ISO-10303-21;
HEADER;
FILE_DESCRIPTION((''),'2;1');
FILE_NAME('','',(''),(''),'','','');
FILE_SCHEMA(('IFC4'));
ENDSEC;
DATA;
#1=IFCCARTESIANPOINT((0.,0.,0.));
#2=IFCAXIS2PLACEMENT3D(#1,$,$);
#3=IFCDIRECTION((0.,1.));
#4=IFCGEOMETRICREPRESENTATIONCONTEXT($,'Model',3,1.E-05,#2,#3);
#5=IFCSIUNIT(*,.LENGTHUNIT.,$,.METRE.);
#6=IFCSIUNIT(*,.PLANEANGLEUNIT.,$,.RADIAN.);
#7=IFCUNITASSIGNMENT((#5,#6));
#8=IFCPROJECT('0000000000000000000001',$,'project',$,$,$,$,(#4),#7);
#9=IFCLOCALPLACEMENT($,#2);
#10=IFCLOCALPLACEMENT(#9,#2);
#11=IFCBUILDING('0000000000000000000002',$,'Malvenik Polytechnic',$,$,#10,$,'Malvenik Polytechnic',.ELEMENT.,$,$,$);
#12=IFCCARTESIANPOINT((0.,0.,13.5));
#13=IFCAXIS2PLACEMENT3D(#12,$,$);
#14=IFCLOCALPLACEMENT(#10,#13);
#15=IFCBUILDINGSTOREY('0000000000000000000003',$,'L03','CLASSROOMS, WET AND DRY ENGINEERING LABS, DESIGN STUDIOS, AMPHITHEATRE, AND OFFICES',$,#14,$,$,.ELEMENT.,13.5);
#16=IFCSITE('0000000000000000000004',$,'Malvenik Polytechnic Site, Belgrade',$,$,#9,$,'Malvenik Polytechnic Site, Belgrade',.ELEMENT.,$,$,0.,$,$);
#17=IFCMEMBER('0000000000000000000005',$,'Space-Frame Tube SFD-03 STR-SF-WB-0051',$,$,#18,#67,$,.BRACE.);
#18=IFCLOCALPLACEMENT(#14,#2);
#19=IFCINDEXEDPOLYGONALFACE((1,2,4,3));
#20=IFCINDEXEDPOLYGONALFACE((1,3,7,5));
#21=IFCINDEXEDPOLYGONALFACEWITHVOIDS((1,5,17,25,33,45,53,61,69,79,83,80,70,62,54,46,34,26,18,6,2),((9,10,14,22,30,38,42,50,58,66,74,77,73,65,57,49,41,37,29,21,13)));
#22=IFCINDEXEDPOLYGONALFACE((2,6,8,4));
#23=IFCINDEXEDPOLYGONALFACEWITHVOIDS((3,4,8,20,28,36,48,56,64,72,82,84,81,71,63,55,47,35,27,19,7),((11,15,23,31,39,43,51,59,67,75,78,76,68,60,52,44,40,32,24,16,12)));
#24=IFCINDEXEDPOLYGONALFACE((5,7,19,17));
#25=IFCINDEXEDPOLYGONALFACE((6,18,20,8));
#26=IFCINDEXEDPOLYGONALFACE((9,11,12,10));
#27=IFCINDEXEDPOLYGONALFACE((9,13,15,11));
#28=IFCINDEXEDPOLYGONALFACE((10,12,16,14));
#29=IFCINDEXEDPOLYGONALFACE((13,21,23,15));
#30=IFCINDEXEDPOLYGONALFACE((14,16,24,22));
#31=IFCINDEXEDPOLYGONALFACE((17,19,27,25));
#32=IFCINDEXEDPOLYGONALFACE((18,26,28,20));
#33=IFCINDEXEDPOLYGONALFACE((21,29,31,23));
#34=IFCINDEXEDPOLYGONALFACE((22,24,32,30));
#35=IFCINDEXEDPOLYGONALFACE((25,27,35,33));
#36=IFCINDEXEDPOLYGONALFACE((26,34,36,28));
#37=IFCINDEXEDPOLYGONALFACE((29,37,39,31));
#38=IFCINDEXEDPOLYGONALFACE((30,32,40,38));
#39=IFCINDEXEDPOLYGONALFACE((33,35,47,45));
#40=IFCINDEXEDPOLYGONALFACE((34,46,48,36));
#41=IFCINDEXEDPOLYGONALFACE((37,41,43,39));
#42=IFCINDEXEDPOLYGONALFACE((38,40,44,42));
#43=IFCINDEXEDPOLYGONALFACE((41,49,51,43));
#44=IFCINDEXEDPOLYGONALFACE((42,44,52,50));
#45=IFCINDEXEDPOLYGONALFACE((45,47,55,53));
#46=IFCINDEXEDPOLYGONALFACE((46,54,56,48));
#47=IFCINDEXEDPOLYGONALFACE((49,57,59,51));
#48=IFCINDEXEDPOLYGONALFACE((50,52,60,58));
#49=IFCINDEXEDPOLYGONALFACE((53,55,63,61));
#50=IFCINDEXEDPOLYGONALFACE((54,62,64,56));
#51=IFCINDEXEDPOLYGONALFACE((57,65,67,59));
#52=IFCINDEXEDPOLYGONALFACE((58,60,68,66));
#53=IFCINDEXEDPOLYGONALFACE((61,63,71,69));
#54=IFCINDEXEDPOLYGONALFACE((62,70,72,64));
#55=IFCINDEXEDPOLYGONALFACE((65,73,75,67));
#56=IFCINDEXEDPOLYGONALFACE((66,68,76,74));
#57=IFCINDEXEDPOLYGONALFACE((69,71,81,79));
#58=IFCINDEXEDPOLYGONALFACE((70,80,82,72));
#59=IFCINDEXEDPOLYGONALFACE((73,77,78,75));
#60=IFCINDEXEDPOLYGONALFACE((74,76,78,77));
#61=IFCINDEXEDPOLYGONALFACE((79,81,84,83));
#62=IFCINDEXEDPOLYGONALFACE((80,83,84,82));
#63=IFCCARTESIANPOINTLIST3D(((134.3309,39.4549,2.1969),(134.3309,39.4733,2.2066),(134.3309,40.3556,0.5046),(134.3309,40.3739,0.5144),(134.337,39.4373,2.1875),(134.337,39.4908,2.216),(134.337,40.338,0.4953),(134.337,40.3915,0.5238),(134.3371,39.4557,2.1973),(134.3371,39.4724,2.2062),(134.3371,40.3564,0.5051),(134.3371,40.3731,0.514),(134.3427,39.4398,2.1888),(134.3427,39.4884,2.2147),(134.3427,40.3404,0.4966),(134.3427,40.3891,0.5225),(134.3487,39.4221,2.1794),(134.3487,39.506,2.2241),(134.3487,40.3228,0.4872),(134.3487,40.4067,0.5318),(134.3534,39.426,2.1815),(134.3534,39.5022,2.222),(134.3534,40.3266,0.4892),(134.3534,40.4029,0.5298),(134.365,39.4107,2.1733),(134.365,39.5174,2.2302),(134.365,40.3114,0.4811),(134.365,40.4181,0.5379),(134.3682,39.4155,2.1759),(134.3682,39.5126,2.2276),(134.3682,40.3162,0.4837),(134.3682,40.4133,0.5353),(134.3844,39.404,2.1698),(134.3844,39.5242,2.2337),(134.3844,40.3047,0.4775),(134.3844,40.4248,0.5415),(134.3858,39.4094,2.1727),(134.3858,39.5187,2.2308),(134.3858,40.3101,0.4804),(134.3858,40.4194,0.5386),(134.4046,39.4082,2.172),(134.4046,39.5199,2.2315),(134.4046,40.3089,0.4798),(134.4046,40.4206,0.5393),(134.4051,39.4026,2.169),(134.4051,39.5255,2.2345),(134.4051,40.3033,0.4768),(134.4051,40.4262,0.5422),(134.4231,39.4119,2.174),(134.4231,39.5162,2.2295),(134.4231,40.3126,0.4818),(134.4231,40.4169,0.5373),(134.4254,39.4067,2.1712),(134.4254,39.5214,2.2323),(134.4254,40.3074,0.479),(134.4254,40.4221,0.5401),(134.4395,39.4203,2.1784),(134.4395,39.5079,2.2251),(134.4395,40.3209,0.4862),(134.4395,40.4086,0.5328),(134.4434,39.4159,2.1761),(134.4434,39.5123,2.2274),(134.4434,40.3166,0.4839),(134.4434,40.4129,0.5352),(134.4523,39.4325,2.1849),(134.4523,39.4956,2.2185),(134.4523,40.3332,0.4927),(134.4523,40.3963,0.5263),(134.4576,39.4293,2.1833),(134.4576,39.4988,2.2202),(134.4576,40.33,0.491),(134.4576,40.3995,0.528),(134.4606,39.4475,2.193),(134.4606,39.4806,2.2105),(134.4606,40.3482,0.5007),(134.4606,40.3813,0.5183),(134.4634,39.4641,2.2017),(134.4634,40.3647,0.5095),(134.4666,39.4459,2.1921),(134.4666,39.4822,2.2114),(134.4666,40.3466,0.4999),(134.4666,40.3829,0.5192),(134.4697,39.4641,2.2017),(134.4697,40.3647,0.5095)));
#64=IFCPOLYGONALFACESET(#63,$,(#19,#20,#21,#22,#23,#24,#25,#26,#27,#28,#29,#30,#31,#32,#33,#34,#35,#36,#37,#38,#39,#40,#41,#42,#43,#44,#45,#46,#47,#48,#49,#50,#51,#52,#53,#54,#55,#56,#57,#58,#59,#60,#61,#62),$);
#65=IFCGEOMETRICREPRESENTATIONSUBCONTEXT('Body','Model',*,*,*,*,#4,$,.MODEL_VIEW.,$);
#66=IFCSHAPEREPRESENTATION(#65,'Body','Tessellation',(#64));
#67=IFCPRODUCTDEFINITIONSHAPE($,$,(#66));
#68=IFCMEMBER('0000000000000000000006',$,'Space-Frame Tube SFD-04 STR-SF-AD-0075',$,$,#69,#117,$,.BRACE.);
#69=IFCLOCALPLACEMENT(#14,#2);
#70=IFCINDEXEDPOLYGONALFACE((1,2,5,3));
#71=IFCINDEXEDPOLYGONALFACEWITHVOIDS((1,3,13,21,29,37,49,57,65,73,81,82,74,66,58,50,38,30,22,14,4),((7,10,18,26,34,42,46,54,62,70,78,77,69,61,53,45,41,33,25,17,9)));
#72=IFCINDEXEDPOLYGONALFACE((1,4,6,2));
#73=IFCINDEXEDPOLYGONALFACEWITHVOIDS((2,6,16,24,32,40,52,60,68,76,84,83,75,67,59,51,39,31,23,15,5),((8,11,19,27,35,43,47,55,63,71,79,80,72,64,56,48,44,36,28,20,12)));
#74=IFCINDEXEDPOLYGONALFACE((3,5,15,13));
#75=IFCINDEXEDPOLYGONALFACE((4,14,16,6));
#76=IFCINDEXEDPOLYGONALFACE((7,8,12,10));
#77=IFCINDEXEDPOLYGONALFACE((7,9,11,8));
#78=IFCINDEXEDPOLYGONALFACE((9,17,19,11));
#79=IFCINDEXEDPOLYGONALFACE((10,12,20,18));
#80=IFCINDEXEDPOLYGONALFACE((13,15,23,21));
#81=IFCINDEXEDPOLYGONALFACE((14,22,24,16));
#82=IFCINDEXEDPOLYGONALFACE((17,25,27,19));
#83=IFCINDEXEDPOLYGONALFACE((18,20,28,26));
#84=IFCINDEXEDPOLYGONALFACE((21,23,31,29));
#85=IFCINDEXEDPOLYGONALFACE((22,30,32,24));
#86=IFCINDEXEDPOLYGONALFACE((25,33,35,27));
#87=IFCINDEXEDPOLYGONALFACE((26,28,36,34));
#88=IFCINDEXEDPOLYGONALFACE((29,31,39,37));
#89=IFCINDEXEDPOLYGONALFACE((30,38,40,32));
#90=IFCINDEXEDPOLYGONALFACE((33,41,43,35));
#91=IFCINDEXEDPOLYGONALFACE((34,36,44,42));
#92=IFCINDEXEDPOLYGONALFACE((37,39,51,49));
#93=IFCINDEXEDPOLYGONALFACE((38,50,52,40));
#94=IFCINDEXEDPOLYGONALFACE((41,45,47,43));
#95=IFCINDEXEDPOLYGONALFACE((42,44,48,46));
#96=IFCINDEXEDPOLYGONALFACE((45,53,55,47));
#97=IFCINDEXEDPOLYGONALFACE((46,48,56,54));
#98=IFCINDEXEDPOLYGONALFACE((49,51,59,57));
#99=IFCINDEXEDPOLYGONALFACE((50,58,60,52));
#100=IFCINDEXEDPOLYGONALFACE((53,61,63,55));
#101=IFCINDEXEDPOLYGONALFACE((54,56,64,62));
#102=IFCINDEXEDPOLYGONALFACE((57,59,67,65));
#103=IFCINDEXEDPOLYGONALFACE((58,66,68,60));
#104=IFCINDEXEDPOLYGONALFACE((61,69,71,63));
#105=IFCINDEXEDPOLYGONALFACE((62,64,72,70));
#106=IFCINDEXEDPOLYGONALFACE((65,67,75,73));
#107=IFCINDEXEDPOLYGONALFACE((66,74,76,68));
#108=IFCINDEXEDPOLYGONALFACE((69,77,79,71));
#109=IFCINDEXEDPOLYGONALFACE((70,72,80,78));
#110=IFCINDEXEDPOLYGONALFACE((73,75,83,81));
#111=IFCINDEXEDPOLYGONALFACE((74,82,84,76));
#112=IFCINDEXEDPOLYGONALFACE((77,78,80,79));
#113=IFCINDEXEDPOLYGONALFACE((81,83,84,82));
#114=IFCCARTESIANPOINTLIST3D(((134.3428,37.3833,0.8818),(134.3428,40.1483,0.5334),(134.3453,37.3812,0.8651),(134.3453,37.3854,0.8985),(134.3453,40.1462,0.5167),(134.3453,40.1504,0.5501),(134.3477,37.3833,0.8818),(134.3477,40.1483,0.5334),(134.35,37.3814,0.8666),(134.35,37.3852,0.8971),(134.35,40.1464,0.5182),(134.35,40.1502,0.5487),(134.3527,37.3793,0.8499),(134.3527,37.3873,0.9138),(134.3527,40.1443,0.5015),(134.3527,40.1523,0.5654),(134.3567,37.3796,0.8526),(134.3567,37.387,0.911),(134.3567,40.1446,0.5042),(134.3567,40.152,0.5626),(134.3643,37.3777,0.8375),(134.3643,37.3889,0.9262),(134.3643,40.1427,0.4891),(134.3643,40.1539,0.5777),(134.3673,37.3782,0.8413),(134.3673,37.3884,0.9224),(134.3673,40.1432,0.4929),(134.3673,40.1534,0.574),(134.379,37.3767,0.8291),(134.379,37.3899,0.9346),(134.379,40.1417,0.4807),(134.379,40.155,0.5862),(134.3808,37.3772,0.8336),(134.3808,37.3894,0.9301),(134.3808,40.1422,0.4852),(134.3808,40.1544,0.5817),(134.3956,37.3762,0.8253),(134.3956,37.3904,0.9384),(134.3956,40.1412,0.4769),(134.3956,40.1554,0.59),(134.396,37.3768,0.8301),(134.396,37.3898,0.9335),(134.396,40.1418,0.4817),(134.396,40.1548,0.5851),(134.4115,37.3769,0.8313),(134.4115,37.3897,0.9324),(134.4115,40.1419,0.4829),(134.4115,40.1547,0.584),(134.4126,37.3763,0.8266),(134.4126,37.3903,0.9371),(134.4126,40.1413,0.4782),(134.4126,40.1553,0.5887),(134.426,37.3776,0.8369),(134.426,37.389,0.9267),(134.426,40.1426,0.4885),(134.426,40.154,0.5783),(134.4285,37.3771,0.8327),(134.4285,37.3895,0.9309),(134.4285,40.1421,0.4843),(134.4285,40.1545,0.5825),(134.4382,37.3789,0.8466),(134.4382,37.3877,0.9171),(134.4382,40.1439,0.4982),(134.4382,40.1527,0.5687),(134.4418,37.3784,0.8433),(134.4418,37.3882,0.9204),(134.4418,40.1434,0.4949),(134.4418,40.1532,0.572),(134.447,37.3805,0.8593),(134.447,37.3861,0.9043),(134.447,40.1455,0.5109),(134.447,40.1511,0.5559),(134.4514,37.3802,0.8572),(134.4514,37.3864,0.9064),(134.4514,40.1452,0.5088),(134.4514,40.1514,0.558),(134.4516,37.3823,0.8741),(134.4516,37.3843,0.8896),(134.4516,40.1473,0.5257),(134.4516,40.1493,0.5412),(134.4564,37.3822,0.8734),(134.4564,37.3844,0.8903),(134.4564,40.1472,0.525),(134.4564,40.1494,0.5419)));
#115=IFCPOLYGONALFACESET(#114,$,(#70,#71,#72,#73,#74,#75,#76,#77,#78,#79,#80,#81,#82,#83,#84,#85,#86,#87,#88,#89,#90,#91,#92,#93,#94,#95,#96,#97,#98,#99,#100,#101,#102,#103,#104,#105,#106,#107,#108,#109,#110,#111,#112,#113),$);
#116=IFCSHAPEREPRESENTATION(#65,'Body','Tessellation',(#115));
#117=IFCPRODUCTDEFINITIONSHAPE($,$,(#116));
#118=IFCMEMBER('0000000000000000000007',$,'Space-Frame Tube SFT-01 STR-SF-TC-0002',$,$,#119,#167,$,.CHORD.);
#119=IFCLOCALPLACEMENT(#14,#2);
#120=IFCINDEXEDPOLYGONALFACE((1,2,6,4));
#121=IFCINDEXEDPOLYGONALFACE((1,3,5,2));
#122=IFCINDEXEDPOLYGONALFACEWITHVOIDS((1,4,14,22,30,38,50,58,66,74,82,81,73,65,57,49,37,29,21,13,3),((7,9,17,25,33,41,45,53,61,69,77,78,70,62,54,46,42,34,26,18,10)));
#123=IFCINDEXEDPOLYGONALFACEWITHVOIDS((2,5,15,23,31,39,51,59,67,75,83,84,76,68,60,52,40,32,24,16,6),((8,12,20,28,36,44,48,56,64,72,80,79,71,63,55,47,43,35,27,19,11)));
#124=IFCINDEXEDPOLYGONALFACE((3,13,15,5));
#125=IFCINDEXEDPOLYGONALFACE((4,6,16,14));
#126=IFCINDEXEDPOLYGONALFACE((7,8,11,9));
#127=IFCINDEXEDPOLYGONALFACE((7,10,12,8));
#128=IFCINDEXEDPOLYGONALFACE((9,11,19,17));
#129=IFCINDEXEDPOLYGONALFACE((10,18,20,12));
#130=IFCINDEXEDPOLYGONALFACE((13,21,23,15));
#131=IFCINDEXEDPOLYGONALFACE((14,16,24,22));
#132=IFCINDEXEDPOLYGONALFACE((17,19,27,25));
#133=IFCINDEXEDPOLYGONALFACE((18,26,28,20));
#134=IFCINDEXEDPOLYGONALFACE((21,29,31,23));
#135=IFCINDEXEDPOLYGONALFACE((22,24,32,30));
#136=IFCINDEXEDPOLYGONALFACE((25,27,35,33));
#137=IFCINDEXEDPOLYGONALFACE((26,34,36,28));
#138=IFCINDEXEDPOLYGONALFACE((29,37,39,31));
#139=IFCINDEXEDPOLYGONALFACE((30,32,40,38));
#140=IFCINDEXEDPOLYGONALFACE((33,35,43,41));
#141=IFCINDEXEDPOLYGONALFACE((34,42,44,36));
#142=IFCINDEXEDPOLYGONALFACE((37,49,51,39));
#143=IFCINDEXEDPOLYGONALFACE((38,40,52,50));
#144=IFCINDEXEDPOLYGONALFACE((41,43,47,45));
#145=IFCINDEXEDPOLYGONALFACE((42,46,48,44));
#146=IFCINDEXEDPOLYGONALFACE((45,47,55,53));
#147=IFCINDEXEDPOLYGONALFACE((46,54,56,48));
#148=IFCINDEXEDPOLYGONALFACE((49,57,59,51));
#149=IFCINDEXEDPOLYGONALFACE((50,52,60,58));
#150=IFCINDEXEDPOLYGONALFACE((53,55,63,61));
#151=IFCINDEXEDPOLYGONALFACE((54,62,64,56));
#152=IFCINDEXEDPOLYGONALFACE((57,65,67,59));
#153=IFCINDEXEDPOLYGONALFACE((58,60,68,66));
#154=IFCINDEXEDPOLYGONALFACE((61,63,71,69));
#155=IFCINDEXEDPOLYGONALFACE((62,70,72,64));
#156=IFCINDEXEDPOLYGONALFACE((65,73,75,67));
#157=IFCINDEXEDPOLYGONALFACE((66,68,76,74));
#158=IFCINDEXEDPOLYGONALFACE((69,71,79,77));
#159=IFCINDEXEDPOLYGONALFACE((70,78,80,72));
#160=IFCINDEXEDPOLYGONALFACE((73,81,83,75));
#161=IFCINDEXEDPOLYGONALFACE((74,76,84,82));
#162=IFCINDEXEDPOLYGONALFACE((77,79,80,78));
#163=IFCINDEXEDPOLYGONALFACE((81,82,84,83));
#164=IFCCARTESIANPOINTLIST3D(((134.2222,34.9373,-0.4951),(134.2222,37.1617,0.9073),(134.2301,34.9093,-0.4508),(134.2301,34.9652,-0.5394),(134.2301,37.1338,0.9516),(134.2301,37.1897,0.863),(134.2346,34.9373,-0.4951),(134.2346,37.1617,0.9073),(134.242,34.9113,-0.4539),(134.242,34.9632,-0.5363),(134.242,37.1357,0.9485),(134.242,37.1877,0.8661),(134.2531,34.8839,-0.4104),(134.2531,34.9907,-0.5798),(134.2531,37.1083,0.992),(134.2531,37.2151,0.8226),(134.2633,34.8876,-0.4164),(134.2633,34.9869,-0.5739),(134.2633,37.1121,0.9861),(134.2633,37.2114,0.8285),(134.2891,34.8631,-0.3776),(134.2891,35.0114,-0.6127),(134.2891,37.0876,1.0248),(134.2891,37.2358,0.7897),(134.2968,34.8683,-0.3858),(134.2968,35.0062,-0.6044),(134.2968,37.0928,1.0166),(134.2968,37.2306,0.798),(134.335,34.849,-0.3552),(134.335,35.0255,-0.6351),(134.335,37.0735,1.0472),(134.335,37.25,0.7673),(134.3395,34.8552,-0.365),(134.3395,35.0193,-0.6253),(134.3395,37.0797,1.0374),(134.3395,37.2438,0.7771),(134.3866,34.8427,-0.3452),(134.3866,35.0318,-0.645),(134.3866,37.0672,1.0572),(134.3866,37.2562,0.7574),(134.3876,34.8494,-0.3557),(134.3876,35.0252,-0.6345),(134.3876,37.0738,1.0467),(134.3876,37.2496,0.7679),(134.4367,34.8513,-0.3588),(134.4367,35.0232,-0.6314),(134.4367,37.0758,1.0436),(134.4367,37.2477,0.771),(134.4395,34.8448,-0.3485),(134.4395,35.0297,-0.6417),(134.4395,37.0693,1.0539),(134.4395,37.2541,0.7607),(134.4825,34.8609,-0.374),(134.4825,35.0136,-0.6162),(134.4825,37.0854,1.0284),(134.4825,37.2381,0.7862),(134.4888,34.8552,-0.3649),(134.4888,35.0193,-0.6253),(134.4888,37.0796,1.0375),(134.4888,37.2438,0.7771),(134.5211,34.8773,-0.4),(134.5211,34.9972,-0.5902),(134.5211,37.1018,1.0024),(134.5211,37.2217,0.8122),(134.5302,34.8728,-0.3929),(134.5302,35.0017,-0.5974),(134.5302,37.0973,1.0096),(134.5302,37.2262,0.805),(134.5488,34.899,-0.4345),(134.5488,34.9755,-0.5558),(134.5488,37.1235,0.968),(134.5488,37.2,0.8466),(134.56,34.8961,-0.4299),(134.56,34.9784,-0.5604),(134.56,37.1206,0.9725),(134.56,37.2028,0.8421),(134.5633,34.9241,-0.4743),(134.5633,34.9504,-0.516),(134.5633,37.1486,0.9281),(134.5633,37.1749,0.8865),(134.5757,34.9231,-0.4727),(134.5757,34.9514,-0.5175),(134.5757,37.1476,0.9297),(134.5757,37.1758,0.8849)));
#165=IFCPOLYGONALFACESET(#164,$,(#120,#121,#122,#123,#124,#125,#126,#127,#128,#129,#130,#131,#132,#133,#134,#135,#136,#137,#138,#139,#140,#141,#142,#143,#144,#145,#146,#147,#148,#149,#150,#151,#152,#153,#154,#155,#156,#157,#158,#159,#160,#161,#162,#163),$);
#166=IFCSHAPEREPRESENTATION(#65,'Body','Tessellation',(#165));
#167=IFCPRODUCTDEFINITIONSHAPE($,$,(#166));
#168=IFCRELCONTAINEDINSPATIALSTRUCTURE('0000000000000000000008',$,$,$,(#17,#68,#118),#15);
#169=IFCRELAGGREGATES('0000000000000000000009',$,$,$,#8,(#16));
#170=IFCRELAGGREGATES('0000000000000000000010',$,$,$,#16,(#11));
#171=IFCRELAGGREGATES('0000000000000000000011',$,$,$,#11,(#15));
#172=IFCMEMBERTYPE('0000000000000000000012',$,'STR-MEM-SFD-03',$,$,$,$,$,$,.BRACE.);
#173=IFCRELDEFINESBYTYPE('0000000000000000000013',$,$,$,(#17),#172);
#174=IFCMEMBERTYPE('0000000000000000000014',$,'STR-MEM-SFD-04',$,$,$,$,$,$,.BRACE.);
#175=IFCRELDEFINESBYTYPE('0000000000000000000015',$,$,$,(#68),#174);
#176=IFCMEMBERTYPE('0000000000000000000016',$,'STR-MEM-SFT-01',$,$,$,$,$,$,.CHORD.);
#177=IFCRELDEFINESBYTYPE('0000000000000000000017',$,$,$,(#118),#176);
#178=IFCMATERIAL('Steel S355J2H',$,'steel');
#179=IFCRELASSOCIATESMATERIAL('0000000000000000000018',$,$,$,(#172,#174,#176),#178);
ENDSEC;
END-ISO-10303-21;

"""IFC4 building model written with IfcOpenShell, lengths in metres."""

from ifc_helpers import new_model, si_unit, direction, frame, origin, origin_2d, place, context, subcontext, project, spatial, hollow_circle, extrude, material, material_profile, profile_set, type_object, element, save


model = new_model("IFC4")

# Units and contexts
model_context = context("Model", 3, precision=1e-05, world=origin(), true_north=direction((0.0, 1.0)))
body_context = subcontext(model_context, "Body", "Model", "MODEL_VIEW")
ifc_project = project(units=[si_unit("LENGTHUNIT", "METRE"), si_unit("PLANEANGLEUNIT", "RADIAN")], contexts=[model_context])

# Site, building, storey
site_placement = place(None, origin())
site = spatial("IfcSite", under=ifc_project, at=site_placement, Name="Malvenik Polytechnic Site, Belgrade", LongName="Malvenik Polytechnic Site, Belgrade", CompositionType="ELEMENT", RefElevation=0.0)
building_placement = place(site_placement, origin())
building = spatial("IfcBuilding", under=site, at=building_placement, Name="Malvenik Polytechnic", LongName="Malvenik Polytechnic", CompositionType="ELEMENT")
storey_placement = place(building_placement, frame((0.0, 0.0, 13.5)))
storey = spatial("IfcBuildingStorey", under=building, at=storey_placement, Name="L03", Description="CLASSROOMS, WET AND DRY ENGINEERING LABS, DESIGN STUDIOS, AMPHITHEATRE, AND OFFICES", CompositionType="ELEMENT", Elevation=13.5)

# Shared definitions
ifc_material_1 = material(Name="Steel S355J2H", Category="steel")

# Members
ifc_material_profile_1 = material_profile(ifc_material_1, hollow_circle(Radius=0.0698, WallThickness=0.0063, at=origin_2d()), Name="CHS 139.7x6.3")
ifc_profile_set_1 = profile_set([ifc_material_profile_1], Name="Steel S355J2H")
member_type_1 = type_object("IfcMemberType", Name="STR-MEM-SFD-03", PredefinedType="BRACE", material=ifc_profile_set_1)
for number, where, z_axis, x_axis, name in (
    (1, (134.3999, 40.3647, 0.5095), (0.0, -0.469841, 0.882751), (1.0, 0.0, 0.0), "Space-Frame Tube SFD-03 STR-SF-WB-0051"),
):
    element("IfcMember", number, at=place(storey_placement, frame(where, z_axis=z_axis, x_axis=x_axis)), inside=storey, type_object=member_type_1, Name=name, PredefinedType="BRACE", context=body_context, shape_type="SweptSolid", body=[
        extrude(hollow_circle(Radius=0.0698, WallThickness=0.0063, at=origin_2d()), origin(), (0.0, 0.0, 1.0), 1.917),
    ])
ifc_material_profile_2 = material_profile(ifc_material_1, hollow_circle(Radius=0.0571, WallThickness=0.0049, at=origin_2d()), Name="CHS 114.3x5.0")
ifc_profile_set_2 = profile_set([ifc_material_profile_2], Name="Steel S355J2H")
member_type_2 = type_object("IfcMemberType", Name="STR-MEM-SFD-04", PredefinedType="BRACE", material=ifc_profile_set_2)
member_1_placement = place(storey_placement, frame((134.3999, 37.3833, 0.8818), z_axis=(0.0, 0.992155, -0.125016), x_axis=(-1.0, 0.0, 0.0)))
element("IfcMember", 2, at=member_1_placement, inside=storey, type_object=member_type_2, Name="Space-Frame Tube SFD-04 STR-SF-AD-0075", PredefinedType="BRACE", context=body_context, shape_type="SweptSolid", body=[
    extrude(hollow_circle(Radius=0.0571, WallThickness=0.0049, at=origin_2d()), origin(), (0.0, 0.0, 1.0), 2.7869),
])
ifc_material_profile_3 = material_profile(ifc_material_1, hollow_circle(Radius=0.1777, WallThickness=0.0125, at=origin_2d()), Name="CHS 355.6x12.5")
ifc_profile_set_3 = profile_set([ifc_material_profile_3], Name="Steel S355J2H")
member_type_3 = type_object("IfcMemberType", Name="STR-MEM-SFT-01", PredefinedType="CHORD", material=ifc_profile_set_3)
member_2_placement = place(storey_placement, frame((134.3999, 34.9373, -0.4951), z_axis=(0.0, 0.845921, 0.533308), x_axis=(-1.0, 0.0, 0.0)))
element("IfcMember", 3, at=member_2_placement, inside=storey, type_object=member_type_3, Name="Space-Frame Tube SFT-01 STR-SF-TC-0002", PredefinedType="CHORD", context=body_context, shape_type="SweptSolid", body=[
    extrude(hollow_circle(Radius=0.1777, WallThickness=0.0125, at=origin_2d()), origin(), (0.0, 0.0, 1.0), 2.6296),
])

save(model, "model.ifc")
